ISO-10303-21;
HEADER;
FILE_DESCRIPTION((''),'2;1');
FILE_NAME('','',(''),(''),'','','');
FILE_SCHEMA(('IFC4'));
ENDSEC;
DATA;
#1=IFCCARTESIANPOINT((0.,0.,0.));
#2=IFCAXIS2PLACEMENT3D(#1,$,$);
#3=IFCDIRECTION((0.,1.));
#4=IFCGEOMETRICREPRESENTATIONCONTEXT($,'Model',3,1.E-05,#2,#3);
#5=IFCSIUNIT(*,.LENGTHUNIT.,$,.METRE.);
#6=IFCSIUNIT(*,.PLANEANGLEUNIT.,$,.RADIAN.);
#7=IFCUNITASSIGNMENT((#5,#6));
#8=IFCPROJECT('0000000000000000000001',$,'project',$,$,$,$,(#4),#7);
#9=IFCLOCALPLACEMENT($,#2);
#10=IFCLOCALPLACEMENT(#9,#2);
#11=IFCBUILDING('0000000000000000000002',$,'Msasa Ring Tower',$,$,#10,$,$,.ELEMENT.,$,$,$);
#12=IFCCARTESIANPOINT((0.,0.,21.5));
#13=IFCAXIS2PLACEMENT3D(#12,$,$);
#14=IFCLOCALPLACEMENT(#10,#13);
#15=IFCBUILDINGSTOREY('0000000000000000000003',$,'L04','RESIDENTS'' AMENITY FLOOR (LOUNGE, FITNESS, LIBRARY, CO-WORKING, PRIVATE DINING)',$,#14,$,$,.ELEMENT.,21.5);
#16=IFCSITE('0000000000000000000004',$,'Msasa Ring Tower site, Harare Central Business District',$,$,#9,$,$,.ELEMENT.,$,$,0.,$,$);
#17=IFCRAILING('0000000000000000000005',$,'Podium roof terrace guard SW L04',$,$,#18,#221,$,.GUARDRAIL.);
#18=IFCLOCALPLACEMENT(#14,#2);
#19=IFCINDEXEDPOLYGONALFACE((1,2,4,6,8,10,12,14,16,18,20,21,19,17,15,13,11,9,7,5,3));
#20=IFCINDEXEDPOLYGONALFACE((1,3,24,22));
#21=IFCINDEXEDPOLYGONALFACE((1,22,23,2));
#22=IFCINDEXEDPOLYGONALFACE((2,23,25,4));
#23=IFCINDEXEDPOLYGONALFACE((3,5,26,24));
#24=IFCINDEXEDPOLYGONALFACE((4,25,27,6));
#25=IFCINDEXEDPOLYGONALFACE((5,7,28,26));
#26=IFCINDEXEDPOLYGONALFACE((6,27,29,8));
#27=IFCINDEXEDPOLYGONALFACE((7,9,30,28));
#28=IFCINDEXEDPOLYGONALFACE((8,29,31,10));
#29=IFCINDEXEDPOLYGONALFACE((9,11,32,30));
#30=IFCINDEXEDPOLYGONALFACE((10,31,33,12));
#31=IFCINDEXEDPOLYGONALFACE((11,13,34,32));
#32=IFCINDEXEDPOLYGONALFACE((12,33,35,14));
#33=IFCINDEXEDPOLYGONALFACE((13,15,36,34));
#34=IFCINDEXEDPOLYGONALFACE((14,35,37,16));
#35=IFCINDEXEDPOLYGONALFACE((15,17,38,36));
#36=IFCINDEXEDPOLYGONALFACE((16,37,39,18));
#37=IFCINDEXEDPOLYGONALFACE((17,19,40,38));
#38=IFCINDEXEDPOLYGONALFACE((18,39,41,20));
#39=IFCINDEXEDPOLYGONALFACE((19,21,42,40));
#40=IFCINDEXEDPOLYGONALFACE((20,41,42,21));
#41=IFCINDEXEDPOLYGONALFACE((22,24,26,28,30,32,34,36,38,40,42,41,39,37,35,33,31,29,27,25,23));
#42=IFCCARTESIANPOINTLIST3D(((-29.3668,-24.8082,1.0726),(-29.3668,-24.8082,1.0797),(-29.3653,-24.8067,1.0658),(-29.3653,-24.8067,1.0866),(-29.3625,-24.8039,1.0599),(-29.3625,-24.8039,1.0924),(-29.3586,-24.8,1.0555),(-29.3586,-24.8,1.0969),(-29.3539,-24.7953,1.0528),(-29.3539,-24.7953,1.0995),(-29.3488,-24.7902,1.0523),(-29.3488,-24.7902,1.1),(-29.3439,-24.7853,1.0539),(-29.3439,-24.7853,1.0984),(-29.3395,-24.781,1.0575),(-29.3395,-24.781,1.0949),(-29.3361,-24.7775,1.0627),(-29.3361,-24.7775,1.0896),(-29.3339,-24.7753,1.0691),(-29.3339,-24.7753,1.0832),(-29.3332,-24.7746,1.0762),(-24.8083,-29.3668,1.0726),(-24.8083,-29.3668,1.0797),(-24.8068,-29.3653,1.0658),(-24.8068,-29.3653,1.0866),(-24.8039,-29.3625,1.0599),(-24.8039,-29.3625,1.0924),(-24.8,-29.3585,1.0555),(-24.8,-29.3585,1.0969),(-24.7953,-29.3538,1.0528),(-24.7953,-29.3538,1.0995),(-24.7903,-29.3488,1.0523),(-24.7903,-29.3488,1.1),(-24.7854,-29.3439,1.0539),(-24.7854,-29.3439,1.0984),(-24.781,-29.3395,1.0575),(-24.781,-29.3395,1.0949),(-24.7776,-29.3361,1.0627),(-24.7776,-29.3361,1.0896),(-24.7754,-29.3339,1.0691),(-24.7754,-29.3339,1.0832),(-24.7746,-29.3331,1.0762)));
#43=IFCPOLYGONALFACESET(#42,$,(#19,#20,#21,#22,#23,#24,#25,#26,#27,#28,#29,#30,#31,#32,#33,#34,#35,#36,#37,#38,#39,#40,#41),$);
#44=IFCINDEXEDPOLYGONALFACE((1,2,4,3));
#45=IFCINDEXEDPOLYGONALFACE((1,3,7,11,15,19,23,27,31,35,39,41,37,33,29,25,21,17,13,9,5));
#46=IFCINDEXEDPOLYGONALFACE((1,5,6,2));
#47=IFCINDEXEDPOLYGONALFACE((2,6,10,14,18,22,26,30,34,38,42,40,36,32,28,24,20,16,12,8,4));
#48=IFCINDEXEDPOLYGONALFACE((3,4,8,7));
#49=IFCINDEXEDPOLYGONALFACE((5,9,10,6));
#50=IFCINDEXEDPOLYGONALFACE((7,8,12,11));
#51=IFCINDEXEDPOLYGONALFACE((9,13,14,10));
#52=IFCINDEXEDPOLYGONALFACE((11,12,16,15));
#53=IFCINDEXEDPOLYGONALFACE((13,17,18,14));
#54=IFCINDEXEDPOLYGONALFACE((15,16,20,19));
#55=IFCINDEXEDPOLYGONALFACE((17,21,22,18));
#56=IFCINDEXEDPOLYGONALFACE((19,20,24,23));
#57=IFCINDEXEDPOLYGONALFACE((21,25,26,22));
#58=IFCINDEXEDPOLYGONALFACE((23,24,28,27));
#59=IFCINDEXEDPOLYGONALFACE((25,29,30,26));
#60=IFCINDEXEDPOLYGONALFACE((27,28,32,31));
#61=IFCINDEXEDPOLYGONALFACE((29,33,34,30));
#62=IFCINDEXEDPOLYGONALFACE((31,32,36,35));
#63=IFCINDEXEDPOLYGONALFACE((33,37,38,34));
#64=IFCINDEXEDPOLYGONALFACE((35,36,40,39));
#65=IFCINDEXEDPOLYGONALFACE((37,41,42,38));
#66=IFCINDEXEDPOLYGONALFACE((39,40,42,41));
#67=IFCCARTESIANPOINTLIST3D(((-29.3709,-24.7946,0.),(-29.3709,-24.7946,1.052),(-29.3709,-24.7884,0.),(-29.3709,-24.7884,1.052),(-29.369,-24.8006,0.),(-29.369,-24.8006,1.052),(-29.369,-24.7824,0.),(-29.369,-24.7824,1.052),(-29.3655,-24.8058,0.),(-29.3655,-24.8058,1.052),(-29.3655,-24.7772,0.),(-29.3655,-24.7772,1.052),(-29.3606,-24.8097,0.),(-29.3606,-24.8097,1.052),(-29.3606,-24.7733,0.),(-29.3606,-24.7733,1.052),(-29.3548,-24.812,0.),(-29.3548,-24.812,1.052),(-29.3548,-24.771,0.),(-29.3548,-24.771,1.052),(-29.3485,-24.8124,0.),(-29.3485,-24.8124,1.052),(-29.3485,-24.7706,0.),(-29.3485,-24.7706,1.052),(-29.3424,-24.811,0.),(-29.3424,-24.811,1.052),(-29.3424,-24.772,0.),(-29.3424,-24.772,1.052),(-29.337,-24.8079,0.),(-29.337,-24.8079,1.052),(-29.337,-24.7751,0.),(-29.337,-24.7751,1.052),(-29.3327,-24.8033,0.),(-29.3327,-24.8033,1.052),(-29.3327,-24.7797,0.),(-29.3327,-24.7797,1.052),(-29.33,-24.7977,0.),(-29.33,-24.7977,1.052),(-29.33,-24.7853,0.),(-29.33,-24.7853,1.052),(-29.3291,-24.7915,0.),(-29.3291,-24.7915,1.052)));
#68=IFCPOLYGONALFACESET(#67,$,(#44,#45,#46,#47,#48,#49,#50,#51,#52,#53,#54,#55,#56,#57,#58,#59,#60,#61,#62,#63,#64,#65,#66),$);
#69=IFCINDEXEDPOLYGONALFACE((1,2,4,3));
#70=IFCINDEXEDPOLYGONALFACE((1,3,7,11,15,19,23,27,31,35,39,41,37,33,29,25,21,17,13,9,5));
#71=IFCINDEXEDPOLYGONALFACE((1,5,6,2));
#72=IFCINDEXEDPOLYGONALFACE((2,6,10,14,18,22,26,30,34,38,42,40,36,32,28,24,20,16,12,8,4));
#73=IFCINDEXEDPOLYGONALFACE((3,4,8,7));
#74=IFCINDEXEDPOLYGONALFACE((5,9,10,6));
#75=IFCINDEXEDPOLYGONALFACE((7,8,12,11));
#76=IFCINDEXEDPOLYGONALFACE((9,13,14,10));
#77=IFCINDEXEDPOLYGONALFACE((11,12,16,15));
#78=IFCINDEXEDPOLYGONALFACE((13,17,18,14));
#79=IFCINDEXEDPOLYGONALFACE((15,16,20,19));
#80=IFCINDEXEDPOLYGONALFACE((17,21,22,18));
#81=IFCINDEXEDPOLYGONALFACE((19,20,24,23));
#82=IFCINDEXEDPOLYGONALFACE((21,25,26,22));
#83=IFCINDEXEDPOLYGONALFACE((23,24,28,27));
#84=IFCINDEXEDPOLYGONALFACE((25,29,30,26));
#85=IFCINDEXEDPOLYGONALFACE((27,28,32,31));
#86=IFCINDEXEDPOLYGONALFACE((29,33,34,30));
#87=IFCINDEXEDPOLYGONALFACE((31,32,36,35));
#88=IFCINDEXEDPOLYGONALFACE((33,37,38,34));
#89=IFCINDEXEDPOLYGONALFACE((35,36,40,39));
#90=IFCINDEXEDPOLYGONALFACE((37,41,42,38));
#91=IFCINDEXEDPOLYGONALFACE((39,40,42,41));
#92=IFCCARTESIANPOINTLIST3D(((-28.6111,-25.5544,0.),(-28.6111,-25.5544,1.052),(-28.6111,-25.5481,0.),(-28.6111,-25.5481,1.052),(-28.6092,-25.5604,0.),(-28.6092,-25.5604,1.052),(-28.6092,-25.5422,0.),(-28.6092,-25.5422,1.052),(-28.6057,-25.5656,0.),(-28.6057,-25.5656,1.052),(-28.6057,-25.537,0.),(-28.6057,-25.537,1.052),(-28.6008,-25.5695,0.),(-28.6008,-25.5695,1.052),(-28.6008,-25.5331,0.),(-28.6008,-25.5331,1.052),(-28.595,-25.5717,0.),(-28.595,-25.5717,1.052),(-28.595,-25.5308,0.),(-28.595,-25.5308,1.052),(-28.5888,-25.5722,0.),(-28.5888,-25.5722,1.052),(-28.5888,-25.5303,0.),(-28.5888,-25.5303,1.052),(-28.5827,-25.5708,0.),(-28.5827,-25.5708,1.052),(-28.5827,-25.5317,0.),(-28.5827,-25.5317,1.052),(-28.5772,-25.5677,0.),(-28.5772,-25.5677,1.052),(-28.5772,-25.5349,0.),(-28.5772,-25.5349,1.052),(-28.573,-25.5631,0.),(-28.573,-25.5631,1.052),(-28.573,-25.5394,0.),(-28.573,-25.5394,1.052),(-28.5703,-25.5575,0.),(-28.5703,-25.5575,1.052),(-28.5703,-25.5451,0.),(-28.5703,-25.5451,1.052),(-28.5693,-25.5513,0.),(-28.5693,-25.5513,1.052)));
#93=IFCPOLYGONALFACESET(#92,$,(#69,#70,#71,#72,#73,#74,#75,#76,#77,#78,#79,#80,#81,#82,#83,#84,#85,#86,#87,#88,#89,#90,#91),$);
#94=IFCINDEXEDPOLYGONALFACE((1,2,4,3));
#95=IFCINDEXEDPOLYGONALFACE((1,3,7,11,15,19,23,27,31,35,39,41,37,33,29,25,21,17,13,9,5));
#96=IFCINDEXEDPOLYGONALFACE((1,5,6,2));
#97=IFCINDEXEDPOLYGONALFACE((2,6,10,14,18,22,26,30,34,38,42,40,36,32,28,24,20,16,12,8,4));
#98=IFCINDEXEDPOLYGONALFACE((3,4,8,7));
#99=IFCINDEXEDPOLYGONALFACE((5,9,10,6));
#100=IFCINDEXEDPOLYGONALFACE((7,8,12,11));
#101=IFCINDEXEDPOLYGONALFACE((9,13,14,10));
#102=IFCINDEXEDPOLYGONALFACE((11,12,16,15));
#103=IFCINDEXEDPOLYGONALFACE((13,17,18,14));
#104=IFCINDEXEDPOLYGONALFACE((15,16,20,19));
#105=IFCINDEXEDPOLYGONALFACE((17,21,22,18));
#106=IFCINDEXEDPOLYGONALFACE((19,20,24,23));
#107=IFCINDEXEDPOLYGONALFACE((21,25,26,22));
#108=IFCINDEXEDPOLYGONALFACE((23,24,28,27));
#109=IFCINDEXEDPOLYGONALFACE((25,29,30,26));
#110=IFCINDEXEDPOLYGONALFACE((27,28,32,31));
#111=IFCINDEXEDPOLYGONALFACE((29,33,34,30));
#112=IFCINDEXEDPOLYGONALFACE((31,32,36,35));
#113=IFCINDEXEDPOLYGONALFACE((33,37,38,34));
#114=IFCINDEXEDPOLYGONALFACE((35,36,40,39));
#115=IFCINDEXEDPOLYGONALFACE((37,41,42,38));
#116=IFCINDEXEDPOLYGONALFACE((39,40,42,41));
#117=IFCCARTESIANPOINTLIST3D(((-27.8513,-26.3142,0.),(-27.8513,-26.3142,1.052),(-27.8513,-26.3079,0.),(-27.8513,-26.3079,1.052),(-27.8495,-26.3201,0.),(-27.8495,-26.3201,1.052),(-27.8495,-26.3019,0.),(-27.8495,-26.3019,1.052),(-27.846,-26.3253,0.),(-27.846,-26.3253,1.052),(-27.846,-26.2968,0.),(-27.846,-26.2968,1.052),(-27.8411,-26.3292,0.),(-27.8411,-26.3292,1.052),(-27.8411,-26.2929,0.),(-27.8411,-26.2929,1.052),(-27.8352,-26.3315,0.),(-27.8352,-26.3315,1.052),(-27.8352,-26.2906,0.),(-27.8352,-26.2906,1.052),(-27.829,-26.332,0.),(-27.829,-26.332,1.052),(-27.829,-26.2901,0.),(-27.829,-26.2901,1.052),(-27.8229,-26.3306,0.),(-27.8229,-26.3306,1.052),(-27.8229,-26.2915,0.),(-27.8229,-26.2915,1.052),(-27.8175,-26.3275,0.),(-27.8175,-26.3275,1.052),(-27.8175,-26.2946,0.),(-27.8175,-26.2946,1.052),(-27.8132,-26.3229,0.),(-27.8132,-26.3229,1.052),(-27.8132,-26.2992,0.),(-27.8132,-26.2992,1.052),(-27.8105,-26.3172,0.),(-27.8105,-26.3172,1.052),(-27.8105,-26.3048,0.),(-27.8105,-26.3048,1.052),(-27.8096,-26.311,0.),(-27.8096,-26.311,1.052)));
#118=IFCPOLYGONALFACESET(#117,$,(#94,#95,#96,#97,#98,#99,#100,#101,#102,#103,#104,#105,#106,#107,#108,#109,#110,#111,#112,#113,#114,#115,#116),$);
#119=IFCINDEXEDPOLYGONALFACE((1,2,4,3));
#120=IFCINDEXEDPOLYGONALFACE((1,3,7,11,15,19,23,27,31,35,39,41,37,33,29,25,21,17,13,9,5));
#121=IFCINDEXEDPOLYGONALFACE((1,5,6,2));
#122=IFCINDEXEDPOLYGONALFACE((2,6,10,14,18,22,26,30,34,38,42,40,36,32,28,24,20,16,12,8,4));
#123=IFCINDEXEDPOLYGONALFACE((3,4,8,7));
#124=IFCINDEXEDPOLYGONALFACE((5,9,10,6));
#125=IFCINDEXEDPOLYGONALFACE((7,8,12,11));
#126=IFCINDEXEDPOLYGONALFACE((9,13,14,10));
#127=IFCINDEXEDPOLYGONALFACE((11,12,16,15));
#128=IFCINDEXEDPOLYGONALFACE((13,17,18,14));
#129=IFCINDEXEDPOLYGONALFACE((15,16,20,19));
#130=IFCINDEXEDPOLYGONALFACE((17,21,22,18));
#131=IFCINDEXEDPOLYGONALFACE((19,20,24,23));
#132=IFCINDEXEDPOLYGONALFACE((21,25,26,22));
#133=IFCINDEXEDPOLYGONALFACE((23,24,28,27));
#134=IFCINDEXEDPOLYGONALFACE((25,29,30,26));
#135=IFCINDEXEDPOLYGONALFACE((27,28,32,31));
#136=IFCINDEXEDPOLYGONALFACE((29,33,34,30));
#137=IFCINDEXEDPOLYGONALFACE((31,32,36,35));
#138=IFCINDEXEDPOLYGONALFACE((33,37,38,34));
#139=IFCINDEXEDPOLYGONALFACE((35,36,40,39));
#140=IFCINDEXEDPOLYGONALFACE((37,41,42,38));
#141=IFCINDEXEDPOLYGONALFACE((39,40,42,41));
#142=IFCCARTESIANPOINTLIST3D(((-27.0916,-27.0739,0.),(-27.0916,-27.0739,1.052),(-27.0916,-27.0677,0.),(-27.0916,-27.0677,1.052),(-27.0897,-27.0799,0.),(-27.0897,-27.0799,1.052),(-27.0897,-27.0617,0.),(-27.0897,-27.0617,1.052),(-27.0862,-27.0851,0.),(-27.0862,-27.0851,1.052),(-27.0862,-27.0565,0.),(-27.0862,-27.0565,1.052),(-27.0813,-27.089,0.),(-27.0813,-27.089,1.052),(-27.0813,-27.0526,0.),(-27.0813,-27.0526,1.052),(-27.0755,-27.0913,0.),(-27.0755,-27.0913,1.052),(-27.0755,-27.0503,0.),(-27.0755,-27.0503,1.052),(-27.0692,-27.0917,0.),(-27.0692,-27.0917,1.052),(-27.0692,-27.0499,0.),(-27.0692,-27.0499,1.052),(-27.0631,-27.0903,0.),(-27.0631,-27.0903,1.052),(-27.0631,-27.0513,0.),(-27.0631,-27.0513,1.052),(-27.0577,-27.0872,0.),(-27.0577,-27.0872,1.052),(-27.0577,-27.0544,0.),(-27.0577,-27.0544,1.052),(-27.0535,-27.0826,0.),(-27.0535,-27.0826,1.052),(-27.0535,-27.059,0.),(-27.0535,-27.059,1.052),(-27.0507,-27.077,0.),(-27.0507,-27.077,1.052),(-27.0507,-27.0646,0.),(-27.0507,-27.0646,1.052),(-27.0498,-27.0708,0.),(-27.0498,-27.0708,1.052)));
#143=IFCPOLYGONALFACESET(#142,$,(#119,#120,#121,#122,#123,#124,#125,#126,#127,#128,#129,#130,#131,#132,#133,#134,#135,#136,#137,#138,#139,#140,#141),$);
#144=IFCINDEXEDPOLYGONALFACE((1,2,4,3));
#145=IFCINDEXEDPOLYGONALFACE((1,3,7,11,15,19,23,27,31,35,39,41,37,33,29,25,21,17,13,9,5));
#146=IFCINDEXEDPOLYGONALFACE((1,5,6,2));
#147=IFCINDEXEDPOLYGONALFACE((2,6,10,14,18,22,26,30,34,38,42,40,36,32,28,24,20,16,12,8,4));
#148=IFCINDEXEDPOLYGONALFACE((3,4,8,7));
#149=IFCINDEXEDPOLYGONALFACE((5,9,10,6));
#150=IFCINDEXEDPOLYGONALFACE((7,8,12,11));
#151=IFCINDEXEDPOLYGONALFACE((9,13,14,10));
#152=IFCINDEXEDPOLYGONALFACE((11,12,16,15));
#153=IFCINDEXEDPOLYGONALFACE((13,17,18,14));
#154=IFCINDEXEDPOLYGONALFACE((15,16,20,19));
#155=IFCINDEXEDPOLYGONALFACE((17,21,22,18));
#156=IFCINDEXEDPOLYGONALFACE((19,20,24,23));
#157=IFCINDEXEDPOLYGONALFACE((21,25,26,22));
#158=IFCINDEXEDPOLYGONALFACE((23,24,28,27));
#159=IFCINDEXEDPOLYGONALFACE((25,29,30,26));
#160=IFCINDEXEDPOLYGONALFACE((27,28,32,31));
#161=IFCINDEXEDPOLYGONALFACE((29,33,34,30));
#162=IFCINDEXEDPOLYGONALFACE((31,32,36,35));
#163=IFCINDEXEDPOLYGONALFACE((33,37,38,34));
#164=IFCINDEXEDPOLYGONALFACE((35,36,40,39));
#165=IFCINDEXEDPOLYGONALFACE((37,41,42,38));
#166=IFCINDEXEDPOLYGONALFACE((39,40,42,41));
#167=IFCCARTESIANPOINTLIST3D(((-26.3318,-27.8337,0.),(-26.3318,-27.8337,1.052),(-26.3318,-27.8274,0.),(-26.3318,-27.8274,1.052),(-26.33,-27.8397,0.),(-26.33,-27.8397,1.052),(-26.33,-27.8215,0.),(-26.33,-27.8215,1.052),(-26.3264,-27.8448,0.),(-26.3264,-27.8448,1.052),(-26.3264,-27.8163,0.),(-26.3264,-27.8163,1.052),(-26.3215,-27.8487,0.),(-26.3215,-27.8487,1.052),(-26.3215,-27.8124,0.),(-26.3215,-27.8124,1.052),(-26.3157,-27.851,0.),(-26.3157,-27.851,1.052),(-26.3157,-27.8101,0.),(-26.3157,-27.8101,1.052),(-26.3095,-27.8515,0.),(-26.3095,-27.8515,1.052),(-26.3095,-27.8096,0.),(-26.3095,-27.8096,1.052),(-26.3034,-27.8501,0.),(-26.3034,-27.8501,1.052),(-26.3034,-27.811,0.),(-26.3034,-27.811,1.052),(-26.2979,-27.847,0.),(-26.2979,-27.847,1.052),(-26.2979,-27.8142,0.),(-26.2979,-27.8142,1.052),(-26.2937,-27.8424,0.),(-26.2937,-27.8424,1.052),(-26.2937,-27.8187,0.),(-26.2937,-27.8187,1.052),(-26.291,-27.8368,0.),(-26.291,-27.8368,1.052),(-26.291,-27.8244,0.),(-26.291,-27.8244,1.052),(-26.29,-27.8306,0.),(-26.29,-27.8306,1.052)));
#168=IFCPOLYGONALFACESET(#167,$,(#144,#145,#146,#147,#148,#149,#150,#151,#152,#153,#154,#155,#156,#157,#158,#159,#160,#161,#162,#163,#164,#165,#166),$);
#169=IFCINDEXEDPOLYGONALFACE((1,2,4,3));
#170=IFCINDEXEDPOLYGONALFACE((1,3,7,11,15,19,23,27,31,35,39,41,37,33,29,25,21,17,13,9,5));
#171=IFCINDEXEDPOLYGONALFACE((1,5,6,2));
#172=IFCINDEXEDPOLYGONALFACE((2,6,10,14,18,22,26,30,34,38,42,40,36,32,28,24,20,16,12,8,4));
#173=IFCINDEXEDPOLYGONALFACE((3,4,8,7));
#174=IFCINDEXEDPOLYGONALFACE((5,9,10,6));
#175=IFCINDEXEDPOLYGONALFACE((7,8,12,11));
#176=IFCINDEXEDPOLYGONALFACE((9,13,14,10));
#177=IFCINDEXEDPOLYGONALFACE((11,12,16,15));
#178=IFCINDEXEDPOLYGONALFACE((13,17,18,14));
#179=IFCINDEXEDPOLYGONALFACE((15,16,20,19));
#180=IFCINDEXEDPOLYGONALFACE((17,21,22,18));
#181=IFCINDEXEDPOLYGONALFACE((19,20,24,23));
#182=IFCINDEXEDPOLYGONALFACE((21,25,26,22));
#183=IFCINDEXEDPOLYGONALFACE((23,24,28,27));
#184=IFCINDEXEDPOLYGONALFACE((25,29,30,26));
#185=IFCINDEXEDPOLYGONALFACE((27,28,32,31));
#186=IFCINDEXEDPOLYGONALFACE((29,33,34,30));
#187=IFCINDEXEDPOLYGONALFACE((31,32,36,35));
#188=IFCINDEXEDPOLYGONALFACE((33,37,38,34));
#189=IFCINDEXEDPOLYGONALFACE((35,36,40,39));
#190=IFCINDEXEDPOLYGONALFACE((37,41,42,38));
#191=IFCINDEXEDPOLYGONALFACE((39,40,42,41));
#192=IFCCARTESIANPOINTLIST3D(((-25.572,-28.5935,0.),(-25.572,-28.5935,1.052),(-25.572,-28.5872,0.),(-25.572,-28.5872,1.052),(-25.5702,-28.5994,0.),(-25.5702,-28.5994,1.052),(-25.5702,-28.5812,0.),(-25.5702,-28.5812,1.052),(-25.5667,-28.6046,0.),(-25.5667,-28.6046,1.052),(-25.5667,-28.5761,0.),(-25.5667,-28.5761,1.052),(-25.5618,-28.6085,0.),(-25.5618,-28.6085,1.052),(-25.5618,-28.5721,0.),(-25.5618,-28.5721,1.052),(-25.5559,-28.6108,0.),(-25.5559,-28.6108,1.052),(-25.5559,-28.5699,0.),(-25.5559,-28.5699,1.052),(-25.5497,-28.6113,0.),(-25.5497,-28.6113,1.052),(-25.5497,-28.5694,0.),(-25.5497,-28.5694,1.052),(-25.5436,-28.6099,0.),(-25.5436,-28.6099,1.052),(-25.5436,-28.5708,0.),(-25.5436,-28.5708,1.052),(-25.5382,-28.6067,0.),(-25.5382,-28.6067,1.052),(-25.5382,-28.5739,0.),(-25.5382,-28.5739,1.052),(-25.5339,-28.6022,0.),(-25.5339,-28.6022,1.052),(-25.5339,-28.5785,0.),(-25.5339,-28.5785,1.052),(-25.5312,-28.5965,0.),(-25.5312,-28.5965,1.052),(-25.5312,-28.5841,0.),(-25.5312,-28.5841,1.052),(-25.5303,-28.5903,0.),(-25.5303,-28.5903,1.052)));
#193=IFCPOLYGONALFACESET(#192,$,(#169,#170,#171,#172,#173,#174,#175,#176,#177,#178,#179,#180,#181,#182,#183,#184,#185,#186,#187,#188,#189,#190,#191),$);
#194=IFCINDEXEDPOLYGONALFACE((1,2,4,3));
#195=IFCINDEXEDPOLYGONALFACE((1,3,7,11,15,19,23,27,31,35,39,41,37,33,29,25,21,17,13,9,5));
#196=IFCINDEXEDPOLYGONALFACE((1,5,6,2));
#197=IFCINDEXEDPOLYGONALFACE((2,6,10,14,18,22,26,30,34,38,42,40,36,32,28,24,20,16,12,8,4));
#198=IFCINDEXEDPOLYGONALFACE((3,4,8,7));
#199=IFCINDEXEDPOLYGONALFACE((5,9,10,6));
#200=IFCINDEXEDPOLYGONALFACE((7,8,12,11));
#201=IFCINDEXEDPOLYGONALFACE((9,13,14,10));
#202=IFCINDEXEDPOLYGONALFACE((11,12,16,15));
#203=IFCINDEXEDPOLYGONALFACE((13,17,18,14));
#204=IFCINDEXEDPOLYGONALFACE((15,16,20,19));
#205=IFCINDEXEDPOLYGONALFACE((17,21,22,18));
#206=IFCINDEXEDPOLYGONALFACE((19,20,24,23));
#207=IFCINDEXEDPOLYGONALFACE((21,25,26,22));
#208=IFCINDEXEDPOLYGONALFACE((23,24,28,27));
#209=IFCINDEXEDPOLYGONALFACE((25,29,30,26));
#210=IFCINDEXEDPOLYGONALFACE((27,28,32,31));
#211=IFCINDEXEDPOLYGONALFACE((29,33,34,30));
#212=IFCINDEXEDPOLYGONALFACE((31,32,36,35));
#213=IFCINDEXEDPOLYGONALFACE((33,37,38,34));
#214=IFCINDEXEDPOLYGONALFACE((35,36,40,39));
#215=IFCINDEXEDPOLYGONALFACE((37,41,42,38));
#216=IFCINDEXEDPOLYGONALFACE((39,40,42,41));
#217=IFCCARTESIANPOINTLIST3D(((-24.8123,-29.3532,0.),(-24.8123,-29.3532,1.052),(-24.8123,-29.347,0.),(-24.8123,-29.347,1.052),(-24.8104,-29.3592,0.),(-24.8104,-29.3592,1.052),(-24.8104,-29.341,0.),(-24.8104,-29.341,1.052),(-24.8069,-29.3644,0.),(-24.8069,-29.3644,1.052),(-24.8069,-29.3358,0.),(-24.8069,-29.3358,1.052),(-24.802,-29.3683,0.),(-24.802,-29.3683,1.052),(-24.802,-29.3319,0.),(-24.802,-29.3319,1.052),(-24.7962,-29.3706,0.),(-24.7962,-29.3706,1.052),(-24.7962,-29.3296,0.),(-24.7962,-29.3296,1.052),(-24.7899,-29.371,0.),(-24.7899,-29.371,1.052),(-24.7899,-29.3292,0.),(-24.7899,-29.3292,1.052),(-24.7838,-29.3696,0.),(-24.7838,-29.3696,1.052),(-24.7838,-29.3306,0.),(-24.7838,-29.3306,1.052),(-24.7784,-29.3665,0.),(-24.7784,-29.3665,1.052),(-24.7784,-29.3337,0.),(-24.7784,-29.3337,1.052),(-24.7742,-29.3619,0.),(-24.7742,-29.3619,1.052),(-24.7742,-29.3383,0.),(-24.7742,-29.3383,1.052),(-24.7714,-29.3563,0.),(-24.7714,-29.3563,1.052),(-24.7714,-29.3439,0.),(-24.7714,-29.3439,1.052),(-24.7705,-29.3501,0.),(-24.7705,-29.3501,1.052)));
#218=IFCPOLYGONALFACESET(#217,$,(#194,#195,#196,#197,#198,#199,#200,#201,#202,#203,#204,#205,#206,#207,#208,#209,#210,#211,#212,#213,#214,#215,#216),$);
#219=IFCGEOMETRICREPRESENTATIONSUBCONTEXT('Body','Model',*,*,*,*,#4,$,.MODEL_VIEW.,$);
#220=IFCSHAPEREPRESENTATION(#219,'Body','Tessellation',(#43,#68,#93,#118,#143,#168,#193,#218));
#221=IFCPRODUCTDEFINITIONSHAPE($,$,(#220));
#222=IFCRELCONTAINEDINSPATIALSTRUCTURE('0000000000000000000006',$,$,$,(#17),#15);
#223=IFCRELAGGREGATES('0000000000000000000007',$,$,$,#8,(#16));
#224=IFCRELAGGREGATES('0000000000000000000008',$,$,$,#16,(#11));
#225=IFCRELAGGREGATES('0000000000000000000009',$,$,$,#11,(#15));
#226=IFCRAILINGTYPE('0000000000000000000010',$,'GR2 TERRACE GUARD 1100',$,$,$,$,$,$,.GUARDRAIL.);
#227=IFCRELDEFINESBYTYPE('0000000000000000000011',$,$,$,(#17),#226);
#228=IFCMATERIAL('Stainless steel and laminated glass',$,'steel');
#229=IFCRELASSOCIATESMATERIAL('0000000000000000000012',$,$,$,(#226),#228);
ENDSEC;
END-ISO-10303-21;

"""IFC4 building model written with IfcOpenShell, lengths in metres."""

from ifc_helpers import new_model, si_unit, direction, frame, origin, origin_2d, place, context, subcontext, project, spatial, circle, extrude, material, type_object, element, save


model = new_model("IFC4")

# Units and contexts
model_context = context("Model", 3, precision=1e-05, world=origin(), true_north=direction((0.0, 1.0)))
body_context = subcontext(model_context, "Body", "Model", "MODEL_VIEW")
ifc_project = project(units=[si_unit("LENGTHUNIT", "METRE"), si_unit("PLANEANGLEUNIT", "RADIAN")], contexts=[model_context])

# Site, building, storey
site_placement = place(None, origin())
site = spatial("IfcSite", under=ifc_project, at=site_placement, Name="Msasa Ring Tower site, Harare Central Business District", CompositionType="ELEMENT", RefElevation=0.0)
building_placement = place(site_placement, origin())
building = spatial("IfcBuilding", under=site, at=building_placement, Name="Msasa Ring Tower", CompositionType="ELEMENT")
storey_placement = place(building_placement, frame((0.0, 0.0, 21.5)))
storey = spatial("IfcBuildingStorey", under=building, at=storey_placement, Name="L04", Description="RESIDENTS' AMENITY FLOOR (LOUNGE, FITNESS, LIBRARY, CO-WORKING, PRIVATE DINING)", CompositionType="ELEMENT", Elevation=21.5)

# Railing
ifc_material_1 = material(Name="Stainless steel and laminated glass", Category="steel")
railing_type = type_object("IfcRailingType", Name="GR2 TERRACE GUARD 1100", PredefinedType="GUARDRAIL", material=ifc_material_1)
railing_1_placement = place(storey_placement, frame((-29.3501, -24.7915, 0.0)))
element("IfcRailing", 1, at=railing_1_placement, inside=storey, type_object=railing_type, Name="Podium roof terrace guard SW L04", PredefinedType="GUARDRAIL", context=body_context, shape_type="SweptSolid", body=[
    extrude(circle(Radius=0.0239, at=origin_2d()), frame((0.0, 0.0, 1.0762), z_axis=(0.707107, -0.707107, 0.0), x_axis=(0.707107, 0.707107, 0.0)), (0.0, 0.0, 1.0), 6.4468),
    extrude(circle(Radius=0.021, at=origin_2d()), origin(), (0.0, 0.0, 1.0), 1.052),
    extrude(circle(Radius=0.021, at=origin_2d()), frame((0.7598, -0.7598, 0.0)), (0.0, 0.0, 1.0), 1.052),
    extrude(circle(Radius=0.021, at=origin_2d()), frame((1.5195, -1.5195, 0.0)), (0.0, 0.0, 1.0), 1.052),
    extrude(circle(Radius=0.021, at=origin_2d()), frame((2.2793, -2.2793, 0.0)), (0.0, 0.0, 1.0), 1.052),
    extrude(circle(Radius=0.021, at=origin_2d()), frame((3.0391, -3.0391, 0.0)), (0.0, 0.0, 1.0), 1.052),
    extrude(circle(Radius=0.021, at=origin_2d()), frame((3.7988, -3.7988, 0.0)), (0.0, 0.0, 1.0), 1.052),
    extrude(circle(Radius=0.021, at=origin_2d()), frame((4.5586, -4.5586, 0.0)), (0.0, 0.0, 1.0), 1.052),
])

save(model, "model.ifc")
